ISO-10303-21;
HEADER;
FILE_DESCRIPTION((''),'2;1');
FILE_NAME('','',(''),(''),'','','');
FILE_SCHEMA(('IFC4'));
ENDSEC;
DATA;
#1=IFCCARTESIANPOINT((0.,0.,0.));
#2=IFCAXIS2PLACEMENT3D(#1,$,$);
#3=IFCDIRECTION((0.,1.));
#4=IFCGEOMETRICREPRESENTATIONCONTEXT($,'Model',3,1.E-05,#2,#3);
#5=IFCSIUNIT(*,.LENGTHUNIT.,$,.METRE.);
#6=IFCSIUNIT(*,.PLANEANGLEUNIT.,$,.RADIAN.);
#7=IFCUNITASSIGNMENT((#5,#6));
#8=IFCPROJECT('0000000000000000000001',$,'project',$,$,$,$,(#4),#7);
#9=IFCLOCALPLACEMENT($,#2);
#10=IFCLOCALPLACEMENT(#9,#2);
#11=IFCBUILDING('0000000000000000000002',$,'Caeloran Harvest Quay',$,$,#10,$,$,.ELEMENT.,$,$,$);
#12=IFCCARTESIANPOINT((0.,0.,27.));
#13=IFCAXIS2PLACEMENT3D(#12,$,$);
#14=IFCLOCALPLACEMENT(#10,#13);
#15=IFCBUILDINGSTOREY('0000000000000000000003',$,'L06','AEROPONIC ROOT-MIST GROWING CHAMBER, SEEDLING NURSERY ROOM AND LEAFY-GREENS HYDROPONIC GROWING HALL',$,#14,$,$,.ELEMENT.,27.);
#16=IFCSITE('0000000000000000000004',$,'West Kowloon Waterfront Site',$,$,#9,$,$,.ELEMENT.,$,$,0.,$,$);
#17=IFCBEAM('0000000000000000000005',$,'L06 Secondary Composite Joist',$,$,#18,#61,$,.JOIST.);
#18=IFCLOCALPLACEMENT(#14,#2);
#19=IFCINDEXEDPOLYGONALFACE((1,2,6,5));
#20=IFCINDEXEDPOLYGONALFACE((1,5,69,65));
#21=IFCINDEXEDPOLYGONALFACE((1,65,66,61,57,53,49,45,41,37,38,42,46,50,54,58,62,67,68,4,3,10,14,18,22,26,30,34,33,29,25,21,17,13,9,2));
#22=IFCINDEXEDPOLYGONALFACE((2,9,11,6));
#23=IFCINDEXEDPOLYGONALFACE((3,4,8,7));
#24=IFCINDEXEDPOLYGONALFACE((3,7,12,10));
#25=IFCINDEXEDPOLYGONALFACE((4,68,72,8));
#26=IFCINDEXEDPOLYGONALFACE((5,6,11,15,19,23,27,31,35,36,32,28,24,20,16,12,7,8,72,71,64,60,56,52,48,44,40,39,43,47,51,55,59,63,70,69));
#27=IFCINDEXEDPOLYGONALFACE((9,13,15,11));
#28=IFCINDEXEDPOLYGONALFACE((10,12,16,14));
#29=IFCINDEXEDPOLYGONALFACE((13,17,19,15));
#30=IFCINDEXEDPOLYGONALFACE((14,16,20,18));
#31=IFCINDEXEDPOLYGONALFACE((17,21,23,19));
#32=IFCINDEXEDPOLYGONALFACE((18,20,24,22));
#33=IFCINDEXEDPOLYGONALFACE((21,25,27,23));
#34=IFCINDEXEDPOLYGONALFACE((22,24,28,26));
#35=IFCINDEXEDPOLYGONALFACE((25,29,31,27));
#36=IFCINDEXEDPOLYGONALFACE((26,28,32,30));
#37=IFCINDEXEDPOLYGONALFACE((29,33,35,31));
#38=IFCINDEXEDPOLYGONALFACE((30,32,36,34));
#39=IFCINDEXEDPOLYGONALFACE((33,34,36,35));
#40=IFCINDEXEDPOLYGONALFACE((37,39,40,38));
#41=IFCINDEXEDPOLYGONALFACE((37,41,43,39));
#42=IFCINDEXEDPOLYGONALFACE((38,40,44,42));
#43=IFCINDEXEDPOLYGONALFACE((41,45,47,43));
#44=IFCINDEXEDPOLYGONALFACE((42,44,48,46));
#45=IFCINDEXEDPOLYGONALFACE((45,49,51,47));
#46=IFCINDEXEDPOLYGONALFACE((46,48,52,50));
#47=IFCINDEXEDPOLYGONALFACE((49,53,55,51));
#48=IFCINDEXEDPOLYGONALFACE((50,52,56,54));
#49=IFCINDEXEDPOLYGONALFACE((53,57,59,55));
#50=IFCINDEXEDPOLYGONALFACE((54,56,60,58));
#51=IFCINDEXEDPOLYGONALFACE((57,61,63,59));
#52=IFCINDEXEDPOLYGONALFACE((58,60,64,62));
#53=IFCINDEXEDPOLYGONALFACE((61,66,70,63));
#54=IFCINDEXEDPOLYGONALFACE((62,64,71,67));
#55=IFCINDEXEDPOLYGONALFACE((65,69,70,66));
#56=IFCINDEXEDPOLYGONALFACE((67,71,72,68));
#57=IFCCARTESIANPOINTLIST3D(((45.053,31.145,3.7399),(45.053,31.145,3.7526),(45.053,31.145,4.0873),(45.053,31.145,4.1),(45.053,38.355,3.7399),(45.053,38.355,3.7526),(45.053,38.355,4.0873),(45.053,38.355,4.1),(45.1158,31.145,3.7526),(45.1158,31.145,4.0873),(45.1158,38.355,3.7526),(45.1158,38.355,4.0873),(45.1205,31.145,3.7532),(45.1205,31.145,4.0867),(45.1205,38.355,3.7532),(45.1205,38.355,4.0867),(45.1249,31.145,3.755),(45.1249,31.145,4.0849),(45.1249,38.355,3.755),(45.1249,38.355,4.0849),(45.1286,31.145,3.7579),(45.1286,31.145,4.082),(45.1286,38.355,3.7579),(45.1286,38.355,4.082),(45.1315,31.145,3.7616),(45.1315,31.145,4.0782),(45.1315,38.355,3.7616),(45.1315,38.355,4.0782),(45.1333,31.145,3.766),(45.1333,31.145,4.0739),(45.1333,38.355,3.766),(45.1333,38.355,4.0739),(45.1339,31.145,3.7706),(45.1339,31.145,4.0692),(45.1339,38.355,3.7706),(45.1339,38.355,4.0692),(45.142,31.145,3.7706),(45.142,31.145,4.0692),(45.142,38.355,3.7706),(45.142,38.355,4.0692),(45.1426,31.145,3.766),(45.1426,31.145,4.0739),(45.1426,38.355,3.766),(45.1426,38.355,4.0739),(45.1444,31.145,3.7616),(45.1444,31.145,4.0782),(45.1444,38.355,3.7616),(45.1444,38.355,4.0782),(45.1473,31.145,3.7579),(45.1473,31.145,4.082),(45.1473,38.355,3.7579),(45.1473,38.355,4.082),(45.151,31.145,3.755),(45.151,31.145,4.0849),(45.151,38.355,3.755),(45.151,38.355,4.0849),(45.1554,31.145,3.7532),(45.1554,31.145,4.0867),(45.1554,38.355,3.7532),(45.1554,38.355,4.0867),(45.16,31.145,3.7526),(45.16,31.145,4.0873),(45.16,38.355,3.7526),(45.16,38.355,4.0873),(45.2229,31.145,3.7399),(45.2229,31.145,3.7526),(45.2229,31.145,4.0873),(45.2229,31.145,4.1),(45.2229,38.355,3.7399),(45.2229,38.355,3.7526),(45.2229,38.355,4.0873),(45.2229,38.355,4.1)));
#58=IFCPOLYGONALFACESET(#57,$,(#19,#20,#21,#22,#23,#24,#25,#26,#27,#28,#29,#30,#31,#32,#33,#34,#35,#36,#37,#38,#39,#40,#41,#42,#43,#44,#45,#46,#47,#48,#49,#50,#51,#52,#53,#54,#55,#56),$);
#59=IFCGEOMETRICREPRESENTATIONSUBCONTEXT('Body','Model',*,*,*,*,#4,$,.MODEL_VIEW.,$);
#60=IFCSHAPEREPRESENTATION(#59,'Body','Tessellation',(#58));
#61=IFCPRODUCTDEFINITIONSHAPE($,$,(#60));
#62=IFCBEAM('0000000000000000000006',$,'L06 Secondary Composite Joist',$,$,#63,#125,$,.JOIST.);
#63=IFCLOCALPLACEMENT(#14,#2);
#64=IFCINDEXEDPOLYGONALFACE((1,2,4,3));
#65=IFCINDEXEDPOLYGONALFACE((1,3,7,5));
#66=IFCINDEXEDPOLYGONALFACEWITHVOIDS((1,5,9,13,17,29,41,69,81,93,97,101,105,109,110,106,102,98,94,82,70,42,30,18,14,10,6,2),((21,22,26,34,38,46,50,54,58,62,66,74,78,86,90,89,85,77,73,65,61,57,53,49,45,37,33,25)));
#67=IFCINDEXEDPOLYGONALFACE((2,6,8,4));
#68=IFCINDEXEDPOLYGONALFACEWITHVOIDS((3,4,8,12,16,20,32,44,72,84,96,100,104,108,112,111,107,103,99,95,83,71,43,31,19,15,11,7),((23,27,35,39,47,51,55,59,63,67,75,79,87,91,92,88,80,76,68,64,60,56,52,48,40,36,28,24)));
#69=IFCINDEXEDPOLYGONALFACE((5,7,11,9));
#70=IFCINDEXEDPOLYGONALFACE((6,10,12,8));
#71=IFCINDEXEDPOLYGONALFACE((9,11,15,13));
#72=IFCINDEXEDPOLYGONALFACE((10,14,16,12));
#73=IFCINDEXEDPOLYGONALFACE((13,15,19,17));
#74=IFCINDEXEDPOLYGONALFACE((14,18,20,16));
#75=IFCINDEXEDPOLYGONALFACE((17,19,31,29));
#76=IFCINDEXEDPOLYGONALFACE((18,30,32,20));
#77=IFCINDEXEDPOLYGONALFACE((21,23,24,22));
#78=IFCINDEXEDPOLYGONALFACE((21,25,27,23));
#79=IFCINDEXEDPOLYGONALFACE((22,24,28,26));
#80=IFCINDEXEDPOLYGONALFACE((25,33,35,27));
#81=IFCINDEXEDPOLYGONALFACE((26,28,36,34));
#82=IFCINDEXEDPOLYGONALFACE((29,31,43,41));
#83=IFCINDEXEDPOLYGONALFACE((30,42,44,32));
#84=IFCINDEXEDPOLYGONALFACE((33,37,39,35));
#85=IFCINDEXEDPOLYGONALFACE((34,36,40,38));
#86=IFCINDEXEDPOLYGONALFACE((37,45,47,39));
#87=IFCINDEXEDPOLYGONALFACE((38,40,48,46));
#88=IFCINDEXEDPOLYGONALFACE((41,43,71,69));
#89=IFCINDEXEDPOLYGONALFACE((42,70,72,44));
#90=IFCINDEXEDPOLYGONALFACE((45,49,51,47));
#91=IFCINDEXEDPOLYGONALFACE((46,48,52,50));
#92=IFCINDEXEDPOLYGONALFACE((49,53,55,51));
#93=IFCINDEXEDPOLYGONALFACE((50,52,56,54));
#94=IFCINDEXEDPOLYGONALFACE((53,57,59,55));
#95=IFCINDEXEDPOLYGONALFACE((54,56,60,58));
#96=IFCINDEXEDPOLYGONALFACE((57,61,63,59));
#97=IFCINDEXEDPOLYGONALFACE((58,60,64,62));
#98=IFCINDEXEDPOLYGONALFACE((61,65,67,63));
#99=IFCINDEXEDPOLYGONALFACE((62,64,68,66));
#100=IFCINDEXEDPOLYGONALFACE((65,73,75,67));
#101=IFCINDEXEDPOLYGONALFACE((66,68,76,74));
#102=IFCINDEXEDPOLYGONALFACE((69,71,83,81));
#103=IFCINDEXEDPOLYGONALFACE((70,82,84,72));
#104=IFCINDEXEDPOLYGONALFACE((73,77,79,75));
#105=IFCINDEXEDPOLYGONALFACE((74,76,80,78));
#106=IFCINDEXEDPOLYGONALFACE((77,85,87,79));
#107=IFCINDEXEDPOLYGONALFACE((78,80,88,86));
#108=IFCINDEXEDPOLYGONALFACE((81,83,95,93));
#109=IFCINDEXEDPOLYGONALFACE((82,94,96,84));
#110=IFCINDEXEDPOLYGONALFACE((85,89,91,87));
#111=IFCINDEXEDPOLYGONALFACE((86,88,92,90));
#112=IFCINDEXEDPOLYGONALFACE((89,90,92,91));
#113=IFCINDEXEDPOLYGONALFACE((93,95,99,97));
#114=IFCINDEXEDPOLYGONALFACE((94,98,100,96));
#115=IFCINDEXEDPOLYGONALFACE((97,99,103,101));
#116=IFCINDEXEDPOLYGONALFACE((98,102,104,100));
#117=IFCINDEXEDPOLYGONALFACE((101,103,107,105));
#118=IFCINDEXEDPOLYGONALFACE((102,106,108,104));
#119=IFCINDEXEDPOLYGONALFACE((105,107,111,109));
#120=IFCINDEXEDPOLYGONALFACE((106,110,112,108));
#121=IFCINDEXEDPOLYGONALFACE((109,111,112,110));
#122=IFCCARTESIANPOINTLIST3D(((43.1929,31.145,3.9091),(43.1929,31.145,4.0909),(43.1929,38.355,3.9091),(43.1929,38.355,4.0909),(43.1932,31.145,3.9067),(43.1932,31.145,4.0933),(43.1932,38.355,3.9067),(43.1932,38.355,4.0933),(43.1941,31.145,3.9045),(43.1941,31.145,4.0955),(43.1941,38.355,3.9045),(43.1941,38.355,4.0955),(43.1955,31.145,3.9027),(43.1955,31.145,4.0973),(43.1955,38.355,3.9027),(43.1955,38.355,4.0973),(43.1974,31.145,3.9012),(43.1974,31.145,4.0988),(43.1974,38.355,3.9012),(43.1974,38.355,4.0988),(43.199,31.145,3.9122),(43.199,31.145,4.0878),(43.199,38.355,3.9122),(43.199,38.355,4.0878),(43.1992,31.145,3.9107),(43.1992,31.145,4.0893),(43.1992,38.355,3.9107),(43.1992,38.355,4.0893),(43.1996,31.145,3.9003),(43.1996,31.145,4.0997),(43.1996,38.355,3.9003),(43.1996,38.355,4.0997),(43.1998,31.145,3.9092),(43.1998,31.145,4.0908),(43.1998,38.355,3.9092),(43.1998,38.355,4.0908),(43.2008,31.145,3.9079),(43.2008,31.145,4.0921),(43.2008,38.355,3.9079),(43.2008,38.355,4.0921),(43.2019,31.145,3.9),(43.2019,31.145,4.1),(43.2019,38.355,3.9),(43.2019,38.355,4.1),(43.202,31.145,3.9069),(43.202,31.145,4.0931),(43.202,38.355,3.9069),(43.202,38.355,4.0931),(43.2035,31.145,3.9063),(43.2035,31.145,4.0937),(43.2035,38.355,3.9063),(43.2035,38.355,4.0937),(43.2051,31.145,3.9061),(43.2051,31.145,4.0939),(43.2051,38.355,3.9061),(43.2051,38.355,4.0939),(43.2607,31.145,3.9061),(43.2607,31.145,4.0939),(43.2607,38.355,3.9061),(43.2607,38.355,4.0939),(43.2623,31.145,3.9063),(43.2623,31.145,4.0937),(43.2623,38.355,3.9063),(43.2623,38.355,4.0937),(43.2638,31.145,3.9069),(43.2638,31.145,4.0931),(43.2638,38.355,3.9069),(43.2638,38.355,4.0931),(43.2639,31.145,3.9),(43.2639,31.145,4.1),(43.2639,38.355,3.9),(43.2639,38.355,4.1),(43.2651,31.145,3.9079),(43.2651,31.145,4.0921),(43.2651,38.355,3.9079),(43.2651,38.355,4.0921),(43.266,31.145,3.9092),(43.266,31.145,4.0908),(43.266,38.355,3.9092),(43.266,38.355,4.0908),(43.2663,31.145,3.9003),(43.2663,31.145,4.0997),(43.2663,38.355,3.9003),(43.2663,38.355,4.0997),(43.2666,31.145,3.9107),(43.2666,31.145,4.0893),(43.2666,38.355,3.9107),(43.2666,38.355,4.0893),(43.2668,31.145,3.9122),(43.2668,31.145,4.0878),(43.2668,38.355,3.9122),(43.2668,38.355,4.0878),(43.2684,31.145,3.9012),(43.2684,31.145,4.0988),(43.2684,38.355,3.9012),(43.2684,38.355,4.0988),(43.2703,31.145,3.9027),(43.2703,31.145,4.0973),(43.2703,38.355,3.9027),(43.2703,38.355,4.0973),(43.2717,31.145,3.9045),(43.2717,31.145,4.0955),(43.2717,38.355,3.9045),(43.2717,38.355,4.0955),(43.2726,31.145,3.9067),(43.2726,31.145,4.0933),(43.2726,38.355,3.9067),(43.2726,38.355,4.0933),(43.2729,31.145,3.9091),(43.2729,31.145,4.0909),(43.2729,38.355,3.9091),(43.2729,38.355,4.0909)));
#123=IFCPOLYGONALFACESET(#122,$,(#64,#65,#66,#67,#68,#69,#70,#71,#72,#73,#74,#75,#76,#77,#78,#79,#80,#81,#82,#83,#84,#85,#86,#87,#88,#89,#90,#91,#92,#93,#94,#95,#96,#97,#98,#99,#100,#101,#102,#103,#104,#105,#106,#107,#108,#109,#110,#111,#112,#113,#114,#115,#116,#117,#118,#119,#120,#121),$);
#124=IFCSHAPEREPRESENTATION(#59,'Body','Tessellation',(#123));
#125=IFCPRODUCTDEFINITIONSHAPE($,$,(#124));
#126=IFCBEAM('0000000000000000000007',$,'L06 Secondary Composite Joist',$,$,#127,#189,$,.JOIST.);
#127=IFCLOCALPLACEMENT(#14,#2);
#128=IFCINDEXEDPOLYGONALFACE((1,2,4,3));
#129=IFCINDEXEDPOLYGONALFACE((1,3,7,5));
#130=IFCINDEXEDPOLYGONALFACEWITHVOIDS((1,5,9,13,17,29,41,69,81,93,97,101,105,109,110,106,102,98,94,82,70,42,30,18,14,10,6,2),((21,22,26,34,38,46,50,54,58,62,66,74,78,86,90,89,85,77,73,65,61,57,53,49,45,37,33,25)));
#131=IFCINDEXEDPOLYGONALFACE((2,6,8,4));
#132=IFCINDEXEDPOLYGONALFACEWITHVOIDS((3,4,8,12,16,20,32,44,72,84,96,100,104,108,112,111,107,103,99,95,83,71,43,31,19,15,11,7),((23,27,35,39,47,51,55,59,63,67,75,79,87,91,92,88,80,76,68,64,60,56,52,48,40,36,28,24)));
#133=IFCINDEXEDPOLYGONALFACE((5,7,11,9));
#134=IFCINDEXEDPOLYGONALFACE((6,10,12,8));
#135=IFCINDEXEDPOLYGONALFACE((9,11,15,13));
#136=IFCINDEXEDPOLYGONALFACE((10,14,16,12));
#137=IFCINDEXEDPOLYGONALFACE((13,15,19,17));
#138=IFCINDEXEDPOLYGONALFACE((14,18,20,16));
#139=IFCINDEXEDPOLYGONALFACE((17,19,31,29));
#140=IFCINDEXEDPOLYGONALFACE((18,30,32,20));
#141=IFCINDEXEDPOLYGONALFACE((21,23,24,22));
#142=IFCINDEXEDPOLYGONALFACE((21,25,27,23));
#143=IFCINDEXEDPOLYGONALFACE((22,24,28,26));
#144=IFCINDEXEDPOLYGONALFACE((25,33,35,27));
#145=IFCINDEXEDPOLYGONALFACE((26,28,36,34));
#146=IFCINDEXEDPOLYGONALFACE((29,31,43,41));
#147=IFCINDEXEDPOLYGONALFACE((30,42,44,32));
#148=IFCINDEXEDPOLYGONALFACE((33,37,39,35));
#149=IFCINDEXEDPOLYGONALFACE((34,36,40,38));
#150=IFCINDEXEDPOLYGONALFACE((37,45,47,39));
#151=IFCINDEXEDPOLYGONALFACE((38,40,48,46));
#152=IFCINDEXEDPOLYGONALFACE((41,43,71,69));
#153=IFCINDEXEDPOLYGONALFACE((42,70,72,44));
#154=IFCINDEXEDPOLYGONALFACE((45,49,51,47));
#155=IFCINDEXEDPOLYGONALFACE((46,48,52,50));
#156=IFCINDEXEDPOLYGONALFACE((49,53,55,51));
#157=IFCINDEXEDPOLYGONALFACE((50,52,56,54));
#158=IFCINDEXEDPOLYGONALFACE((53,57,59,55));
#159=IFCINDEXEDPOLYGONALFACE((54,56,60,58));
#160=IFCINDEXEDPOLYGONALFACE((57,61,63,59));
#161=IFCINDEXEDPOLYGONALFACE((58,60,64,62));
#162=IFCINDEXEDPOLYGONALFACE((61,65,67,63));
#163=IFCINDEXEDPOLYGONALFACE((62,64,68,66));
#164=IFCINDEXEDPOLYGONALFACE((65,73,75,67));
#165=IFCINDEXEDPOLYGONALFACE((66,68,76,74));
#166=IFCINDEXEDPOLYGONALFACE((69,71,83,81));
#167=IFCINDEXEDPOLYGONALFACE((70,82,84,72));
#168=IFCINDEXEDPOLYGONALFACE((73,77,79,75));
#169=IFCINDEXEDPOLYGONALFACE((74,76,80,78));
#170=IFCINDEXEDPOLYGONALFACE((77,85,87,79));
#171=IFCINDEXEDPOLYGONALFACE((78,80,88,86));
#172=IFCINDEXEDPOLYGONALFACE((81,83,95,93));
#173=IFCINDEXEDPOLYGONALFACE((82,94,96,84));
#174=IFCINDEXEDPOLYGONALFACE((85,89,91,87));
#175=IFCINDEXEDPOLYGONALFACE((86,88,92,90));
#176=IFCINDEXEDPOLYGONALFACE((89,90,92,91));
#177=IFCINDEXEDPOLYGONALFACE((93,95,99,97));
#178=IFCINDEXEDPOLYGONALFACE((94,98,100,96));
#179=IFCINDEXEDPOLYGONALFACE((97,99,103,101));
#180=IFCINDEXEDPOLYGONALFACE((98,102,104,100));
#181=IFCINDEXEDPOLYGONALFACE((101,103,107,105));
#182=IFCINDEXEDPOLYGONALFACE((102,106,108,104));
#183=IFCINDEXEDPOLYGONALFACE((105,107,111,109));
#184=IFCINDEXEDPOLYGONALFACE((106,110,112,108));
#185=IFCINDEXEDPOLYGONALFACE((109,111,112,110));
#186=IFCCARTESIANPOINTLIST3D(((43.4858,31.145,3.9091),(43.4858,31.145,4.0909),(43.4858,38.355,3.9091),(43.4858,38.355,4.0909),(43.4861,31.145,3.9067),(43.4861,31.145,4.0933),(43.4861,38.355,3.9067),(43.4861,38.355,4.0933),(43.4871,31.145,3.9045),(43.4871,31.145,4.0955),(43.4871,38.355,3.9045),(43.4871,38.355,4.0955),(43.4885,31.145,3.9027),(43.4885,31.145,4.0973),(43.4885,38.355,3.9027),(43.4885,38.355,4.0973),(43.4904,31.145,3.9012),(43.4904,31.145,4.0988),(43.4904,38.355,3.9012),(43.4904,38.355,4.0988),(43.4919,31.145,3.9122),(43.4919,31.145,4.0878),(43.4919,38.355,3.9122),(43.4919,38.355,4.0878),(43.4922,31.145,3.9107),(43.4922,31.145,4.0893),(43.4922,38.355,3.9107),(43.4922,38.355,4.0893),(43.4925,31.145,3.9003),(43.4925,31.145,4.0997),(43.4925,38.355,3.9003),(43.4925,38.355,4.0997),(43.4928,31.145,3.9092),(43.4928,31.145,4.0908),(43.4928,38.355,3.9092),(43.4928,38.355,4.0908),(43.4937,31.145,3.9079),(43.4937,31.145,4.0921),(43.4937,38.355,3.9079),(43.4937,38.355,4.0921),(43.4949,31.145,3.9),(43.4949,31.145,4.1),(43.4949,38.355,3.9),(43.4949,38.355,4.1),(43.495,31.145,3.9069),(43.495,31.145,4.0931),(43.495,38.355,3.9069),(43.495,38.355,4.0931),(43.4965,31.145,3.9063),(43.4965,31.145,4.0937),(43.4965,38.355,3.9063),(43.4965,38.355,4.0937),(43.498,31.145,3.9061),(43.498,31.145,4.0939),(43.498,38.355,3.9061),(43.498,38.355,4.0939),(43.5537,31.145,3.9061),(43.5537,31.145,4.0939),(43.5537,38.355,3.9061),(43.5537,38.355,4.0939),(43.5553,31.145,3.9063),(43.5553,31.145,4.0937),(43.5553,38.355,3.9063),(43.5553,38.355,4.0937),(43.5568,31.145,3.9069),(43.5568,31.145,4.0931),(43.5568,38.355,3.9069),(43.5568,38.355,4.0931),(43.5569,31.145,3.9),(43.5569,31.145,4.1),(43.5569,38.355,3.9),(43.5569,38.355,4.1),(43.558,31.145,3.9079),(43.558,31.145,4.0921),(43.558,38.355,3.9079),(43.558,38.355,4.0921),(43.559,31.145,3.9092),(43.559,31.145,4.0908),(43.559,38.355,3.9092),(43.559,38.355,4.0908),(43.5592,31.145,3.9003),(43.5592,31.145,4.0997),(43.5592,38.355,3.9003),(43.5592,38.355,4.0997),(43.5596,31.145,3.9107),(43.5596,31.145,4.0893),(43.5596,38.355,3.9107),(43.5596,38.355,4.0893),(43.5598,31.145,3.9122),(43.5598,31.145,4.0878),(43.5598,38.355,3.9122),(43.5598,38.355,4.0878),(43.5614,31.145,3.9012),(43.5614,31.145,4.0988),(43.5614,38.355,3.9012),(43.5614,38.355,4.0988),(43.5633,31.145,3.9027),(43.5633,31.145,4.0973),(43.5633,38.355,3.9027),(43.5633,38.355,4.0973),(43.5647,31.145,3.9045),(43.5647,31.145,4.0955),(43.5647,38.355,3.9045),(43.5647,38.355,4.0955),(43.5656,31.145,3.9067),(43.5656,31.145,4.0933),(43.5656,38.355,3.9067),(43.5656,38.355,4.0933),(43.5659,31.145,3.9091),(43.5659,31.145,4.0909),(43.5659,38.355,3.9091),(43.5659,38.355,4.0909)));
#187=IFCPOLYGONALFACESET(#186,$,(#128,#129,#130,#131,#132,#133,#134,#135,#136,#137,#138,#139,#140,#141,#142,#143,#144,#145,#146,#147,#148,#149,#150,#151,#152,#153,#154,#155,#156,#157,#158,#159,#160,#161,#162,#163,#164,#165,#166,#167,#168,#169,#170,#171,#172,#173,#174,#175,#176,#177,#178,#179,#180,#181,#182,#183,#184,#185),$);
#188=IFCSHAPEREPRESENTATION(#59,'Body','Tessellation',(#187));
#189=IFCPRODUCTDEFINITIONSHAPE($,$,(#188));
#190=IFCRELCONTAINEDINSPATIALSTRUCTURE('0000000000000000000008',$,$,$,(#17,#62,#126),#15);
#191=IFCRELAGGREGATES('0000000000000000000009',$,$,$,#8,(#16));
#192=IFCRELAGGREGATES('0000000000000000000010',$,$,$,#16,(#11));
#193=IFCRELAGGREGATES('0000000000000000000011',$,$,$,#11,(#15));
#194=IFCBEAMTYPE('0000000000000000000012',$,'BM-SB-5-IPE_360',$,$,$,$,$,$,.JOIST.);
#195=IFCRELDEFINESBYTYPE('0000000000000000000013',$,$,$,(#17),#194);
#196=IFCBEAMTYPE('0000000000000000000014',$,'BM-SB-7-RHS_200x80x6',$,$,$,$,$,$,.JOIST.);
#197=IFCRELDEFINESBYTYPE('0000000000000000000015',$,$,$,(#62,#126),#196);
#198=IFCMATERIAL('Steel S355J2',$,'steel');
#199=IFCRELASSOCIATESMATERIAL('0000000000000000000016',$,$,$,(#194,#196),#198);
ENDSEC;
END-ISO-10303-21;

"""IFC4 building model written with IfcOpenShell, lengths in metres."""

from ifc_helpers import new_model, si_unit, direction, frame, origin, origin_2d, place, context, subcontext, project, spatial, hollow_rectangle, i_section, extrude, material, material_profile, profile_set, type_object, element, save


model = new_model("IFC4")

# Units and contexts
model_context = context("Model", 3, precision=1e-05, world=origin(), true_north=direction((0.0, 1.0)))
body_context = subcontext(model_context, "Body", "Model", "MODEL_VIEW")
ifc_project = project(units=[si_unit("LENGTHUNIT", "METRE"), si_unit("PLANEANGLEUNIT", "RADIAN")], contexts=[model_context])

# Site, building, storey
site_placement = place(None, origin())
site = spatial("IfcSite", under=ifc_project, at=site_placement, Name="West Kowloon Waterfront Site", CompositionType="ELEMENT", RefElevation=0.0)
building_placement = place(site_placement, origin())
building = spatial("IfcBuilding", under=site, at=building_placement, Name="Caeloran Harvest Quay", CompositionType="ELEMENT")
storey_placement = place(building_placement, frame((0.0, 0.0, 27.0)))
storey = spatial("IfcBuildingStorey", under=building, at=storey_placement, Name="L06", Description="AEROPONIC ROOT-MIST GROWING CHAMBER, SEEDLING NURSERY ROOM AND LEAFY-GREENS HYDROPONIC GROWING HALL", CompositionType="ELEMENT", Elevation=27.0)

# Beams
ifc_material_1 = material(Name="Steel S355J2", Category="steel")
ifc_material_profile_1 = material_profile(ifc_material_1, i_section(OverallWidth=0.1699, OverallDepth=0.3601, WebThickness=0.0081, FlangeThickness=0.0127, FilletRadius=0.0181, at=origin_2d()), Name="IPE 360")
ifc_profile_set_1 = profile_set([ifc_material_profile_1], Name="Steel S355J2")
beam_type_1 = type_object("IfcBeamType", Name="BM-SB-5-IPE_360", PredefinedType="JOIST", material=ifc_profile_set_1)
for number, where, z_axis, x_axis, name in (
    (1, (45.1379, 31.145, 3.9199), (0.0, 1.0, 0.0), (-1.0, 0.0, 0.0), "L06 Secondary Composite Joist"),
):
    element("IfcBeam", number, at=place(storey_placement, frame(where, z_axis=z_axis, x_axis=x_axis)), inside=storey, type_object=beam_type_1, Name=name, PredefinedType="JOIST", context=body_context, shape_type="SweptSolid", body=[
        extrude(i_section(OverallWidth=0.1699, OverallDepth=0.3601, WebThickness=0.0081, FlangeThickness=0.0127, FilletRadius=0.0181, at=origin_2d()), origin(), (0.0, 0.0, 1.0), 7.21),
    ])
ifc_material_profile_2 = material_profile(ifc_material_1, hollow_rectangle(XDim=0.0801, YDim=0.2, WallThickness=0.0061, InnerFilletRadius=0.0061, OuterFilletRadius=0.009, at=origin_2d()), Name="RHS 200x80x6")
ifc_profile_set_2 = profile_set([ifc_material_profile_2], Name="Steel S355J2")
beam_type_2 = type_object("IfcBeamType", Name="BM-SB-7-RHS_200x80x6", PredefinedType="JOIST", material=ifc_profile_set_2)
for number, where, z_axis, x_axis, name in (
    (2, (43.2329, 31.145, 4.0), (0.0, 1.0, 0.0), (-1.0, 0.0, 0.0), "L06 Secondary Composite Joist"),
    (3, (43.5259, 31.145, 4.0), (0.0, 1.0, 0.0), (-1.0, 0.0, 0.0), "L06 Secondary Composite Joist"),
):
    element("IfcBeam", number, at=place(storey_placement, frame(where, z_axis=z_axis, x_axis=x_axis)), inside=storey, type_object=beam_type_2, Name=name, PredefinedType="JOIST", context=body_context, shape_type="SweptSolid", body=[
        extrude(hollow_rectangle(XDim=0.0801, YDim=0.2, WallThickness=0.0061, InnerFilletRadius=0.0061, OuterFilletRadius=0.009, at=origin_2d()), origin(), (0.0, 0.0, 1.0), 7.21),
    ])

save(model, "model.ifc")
